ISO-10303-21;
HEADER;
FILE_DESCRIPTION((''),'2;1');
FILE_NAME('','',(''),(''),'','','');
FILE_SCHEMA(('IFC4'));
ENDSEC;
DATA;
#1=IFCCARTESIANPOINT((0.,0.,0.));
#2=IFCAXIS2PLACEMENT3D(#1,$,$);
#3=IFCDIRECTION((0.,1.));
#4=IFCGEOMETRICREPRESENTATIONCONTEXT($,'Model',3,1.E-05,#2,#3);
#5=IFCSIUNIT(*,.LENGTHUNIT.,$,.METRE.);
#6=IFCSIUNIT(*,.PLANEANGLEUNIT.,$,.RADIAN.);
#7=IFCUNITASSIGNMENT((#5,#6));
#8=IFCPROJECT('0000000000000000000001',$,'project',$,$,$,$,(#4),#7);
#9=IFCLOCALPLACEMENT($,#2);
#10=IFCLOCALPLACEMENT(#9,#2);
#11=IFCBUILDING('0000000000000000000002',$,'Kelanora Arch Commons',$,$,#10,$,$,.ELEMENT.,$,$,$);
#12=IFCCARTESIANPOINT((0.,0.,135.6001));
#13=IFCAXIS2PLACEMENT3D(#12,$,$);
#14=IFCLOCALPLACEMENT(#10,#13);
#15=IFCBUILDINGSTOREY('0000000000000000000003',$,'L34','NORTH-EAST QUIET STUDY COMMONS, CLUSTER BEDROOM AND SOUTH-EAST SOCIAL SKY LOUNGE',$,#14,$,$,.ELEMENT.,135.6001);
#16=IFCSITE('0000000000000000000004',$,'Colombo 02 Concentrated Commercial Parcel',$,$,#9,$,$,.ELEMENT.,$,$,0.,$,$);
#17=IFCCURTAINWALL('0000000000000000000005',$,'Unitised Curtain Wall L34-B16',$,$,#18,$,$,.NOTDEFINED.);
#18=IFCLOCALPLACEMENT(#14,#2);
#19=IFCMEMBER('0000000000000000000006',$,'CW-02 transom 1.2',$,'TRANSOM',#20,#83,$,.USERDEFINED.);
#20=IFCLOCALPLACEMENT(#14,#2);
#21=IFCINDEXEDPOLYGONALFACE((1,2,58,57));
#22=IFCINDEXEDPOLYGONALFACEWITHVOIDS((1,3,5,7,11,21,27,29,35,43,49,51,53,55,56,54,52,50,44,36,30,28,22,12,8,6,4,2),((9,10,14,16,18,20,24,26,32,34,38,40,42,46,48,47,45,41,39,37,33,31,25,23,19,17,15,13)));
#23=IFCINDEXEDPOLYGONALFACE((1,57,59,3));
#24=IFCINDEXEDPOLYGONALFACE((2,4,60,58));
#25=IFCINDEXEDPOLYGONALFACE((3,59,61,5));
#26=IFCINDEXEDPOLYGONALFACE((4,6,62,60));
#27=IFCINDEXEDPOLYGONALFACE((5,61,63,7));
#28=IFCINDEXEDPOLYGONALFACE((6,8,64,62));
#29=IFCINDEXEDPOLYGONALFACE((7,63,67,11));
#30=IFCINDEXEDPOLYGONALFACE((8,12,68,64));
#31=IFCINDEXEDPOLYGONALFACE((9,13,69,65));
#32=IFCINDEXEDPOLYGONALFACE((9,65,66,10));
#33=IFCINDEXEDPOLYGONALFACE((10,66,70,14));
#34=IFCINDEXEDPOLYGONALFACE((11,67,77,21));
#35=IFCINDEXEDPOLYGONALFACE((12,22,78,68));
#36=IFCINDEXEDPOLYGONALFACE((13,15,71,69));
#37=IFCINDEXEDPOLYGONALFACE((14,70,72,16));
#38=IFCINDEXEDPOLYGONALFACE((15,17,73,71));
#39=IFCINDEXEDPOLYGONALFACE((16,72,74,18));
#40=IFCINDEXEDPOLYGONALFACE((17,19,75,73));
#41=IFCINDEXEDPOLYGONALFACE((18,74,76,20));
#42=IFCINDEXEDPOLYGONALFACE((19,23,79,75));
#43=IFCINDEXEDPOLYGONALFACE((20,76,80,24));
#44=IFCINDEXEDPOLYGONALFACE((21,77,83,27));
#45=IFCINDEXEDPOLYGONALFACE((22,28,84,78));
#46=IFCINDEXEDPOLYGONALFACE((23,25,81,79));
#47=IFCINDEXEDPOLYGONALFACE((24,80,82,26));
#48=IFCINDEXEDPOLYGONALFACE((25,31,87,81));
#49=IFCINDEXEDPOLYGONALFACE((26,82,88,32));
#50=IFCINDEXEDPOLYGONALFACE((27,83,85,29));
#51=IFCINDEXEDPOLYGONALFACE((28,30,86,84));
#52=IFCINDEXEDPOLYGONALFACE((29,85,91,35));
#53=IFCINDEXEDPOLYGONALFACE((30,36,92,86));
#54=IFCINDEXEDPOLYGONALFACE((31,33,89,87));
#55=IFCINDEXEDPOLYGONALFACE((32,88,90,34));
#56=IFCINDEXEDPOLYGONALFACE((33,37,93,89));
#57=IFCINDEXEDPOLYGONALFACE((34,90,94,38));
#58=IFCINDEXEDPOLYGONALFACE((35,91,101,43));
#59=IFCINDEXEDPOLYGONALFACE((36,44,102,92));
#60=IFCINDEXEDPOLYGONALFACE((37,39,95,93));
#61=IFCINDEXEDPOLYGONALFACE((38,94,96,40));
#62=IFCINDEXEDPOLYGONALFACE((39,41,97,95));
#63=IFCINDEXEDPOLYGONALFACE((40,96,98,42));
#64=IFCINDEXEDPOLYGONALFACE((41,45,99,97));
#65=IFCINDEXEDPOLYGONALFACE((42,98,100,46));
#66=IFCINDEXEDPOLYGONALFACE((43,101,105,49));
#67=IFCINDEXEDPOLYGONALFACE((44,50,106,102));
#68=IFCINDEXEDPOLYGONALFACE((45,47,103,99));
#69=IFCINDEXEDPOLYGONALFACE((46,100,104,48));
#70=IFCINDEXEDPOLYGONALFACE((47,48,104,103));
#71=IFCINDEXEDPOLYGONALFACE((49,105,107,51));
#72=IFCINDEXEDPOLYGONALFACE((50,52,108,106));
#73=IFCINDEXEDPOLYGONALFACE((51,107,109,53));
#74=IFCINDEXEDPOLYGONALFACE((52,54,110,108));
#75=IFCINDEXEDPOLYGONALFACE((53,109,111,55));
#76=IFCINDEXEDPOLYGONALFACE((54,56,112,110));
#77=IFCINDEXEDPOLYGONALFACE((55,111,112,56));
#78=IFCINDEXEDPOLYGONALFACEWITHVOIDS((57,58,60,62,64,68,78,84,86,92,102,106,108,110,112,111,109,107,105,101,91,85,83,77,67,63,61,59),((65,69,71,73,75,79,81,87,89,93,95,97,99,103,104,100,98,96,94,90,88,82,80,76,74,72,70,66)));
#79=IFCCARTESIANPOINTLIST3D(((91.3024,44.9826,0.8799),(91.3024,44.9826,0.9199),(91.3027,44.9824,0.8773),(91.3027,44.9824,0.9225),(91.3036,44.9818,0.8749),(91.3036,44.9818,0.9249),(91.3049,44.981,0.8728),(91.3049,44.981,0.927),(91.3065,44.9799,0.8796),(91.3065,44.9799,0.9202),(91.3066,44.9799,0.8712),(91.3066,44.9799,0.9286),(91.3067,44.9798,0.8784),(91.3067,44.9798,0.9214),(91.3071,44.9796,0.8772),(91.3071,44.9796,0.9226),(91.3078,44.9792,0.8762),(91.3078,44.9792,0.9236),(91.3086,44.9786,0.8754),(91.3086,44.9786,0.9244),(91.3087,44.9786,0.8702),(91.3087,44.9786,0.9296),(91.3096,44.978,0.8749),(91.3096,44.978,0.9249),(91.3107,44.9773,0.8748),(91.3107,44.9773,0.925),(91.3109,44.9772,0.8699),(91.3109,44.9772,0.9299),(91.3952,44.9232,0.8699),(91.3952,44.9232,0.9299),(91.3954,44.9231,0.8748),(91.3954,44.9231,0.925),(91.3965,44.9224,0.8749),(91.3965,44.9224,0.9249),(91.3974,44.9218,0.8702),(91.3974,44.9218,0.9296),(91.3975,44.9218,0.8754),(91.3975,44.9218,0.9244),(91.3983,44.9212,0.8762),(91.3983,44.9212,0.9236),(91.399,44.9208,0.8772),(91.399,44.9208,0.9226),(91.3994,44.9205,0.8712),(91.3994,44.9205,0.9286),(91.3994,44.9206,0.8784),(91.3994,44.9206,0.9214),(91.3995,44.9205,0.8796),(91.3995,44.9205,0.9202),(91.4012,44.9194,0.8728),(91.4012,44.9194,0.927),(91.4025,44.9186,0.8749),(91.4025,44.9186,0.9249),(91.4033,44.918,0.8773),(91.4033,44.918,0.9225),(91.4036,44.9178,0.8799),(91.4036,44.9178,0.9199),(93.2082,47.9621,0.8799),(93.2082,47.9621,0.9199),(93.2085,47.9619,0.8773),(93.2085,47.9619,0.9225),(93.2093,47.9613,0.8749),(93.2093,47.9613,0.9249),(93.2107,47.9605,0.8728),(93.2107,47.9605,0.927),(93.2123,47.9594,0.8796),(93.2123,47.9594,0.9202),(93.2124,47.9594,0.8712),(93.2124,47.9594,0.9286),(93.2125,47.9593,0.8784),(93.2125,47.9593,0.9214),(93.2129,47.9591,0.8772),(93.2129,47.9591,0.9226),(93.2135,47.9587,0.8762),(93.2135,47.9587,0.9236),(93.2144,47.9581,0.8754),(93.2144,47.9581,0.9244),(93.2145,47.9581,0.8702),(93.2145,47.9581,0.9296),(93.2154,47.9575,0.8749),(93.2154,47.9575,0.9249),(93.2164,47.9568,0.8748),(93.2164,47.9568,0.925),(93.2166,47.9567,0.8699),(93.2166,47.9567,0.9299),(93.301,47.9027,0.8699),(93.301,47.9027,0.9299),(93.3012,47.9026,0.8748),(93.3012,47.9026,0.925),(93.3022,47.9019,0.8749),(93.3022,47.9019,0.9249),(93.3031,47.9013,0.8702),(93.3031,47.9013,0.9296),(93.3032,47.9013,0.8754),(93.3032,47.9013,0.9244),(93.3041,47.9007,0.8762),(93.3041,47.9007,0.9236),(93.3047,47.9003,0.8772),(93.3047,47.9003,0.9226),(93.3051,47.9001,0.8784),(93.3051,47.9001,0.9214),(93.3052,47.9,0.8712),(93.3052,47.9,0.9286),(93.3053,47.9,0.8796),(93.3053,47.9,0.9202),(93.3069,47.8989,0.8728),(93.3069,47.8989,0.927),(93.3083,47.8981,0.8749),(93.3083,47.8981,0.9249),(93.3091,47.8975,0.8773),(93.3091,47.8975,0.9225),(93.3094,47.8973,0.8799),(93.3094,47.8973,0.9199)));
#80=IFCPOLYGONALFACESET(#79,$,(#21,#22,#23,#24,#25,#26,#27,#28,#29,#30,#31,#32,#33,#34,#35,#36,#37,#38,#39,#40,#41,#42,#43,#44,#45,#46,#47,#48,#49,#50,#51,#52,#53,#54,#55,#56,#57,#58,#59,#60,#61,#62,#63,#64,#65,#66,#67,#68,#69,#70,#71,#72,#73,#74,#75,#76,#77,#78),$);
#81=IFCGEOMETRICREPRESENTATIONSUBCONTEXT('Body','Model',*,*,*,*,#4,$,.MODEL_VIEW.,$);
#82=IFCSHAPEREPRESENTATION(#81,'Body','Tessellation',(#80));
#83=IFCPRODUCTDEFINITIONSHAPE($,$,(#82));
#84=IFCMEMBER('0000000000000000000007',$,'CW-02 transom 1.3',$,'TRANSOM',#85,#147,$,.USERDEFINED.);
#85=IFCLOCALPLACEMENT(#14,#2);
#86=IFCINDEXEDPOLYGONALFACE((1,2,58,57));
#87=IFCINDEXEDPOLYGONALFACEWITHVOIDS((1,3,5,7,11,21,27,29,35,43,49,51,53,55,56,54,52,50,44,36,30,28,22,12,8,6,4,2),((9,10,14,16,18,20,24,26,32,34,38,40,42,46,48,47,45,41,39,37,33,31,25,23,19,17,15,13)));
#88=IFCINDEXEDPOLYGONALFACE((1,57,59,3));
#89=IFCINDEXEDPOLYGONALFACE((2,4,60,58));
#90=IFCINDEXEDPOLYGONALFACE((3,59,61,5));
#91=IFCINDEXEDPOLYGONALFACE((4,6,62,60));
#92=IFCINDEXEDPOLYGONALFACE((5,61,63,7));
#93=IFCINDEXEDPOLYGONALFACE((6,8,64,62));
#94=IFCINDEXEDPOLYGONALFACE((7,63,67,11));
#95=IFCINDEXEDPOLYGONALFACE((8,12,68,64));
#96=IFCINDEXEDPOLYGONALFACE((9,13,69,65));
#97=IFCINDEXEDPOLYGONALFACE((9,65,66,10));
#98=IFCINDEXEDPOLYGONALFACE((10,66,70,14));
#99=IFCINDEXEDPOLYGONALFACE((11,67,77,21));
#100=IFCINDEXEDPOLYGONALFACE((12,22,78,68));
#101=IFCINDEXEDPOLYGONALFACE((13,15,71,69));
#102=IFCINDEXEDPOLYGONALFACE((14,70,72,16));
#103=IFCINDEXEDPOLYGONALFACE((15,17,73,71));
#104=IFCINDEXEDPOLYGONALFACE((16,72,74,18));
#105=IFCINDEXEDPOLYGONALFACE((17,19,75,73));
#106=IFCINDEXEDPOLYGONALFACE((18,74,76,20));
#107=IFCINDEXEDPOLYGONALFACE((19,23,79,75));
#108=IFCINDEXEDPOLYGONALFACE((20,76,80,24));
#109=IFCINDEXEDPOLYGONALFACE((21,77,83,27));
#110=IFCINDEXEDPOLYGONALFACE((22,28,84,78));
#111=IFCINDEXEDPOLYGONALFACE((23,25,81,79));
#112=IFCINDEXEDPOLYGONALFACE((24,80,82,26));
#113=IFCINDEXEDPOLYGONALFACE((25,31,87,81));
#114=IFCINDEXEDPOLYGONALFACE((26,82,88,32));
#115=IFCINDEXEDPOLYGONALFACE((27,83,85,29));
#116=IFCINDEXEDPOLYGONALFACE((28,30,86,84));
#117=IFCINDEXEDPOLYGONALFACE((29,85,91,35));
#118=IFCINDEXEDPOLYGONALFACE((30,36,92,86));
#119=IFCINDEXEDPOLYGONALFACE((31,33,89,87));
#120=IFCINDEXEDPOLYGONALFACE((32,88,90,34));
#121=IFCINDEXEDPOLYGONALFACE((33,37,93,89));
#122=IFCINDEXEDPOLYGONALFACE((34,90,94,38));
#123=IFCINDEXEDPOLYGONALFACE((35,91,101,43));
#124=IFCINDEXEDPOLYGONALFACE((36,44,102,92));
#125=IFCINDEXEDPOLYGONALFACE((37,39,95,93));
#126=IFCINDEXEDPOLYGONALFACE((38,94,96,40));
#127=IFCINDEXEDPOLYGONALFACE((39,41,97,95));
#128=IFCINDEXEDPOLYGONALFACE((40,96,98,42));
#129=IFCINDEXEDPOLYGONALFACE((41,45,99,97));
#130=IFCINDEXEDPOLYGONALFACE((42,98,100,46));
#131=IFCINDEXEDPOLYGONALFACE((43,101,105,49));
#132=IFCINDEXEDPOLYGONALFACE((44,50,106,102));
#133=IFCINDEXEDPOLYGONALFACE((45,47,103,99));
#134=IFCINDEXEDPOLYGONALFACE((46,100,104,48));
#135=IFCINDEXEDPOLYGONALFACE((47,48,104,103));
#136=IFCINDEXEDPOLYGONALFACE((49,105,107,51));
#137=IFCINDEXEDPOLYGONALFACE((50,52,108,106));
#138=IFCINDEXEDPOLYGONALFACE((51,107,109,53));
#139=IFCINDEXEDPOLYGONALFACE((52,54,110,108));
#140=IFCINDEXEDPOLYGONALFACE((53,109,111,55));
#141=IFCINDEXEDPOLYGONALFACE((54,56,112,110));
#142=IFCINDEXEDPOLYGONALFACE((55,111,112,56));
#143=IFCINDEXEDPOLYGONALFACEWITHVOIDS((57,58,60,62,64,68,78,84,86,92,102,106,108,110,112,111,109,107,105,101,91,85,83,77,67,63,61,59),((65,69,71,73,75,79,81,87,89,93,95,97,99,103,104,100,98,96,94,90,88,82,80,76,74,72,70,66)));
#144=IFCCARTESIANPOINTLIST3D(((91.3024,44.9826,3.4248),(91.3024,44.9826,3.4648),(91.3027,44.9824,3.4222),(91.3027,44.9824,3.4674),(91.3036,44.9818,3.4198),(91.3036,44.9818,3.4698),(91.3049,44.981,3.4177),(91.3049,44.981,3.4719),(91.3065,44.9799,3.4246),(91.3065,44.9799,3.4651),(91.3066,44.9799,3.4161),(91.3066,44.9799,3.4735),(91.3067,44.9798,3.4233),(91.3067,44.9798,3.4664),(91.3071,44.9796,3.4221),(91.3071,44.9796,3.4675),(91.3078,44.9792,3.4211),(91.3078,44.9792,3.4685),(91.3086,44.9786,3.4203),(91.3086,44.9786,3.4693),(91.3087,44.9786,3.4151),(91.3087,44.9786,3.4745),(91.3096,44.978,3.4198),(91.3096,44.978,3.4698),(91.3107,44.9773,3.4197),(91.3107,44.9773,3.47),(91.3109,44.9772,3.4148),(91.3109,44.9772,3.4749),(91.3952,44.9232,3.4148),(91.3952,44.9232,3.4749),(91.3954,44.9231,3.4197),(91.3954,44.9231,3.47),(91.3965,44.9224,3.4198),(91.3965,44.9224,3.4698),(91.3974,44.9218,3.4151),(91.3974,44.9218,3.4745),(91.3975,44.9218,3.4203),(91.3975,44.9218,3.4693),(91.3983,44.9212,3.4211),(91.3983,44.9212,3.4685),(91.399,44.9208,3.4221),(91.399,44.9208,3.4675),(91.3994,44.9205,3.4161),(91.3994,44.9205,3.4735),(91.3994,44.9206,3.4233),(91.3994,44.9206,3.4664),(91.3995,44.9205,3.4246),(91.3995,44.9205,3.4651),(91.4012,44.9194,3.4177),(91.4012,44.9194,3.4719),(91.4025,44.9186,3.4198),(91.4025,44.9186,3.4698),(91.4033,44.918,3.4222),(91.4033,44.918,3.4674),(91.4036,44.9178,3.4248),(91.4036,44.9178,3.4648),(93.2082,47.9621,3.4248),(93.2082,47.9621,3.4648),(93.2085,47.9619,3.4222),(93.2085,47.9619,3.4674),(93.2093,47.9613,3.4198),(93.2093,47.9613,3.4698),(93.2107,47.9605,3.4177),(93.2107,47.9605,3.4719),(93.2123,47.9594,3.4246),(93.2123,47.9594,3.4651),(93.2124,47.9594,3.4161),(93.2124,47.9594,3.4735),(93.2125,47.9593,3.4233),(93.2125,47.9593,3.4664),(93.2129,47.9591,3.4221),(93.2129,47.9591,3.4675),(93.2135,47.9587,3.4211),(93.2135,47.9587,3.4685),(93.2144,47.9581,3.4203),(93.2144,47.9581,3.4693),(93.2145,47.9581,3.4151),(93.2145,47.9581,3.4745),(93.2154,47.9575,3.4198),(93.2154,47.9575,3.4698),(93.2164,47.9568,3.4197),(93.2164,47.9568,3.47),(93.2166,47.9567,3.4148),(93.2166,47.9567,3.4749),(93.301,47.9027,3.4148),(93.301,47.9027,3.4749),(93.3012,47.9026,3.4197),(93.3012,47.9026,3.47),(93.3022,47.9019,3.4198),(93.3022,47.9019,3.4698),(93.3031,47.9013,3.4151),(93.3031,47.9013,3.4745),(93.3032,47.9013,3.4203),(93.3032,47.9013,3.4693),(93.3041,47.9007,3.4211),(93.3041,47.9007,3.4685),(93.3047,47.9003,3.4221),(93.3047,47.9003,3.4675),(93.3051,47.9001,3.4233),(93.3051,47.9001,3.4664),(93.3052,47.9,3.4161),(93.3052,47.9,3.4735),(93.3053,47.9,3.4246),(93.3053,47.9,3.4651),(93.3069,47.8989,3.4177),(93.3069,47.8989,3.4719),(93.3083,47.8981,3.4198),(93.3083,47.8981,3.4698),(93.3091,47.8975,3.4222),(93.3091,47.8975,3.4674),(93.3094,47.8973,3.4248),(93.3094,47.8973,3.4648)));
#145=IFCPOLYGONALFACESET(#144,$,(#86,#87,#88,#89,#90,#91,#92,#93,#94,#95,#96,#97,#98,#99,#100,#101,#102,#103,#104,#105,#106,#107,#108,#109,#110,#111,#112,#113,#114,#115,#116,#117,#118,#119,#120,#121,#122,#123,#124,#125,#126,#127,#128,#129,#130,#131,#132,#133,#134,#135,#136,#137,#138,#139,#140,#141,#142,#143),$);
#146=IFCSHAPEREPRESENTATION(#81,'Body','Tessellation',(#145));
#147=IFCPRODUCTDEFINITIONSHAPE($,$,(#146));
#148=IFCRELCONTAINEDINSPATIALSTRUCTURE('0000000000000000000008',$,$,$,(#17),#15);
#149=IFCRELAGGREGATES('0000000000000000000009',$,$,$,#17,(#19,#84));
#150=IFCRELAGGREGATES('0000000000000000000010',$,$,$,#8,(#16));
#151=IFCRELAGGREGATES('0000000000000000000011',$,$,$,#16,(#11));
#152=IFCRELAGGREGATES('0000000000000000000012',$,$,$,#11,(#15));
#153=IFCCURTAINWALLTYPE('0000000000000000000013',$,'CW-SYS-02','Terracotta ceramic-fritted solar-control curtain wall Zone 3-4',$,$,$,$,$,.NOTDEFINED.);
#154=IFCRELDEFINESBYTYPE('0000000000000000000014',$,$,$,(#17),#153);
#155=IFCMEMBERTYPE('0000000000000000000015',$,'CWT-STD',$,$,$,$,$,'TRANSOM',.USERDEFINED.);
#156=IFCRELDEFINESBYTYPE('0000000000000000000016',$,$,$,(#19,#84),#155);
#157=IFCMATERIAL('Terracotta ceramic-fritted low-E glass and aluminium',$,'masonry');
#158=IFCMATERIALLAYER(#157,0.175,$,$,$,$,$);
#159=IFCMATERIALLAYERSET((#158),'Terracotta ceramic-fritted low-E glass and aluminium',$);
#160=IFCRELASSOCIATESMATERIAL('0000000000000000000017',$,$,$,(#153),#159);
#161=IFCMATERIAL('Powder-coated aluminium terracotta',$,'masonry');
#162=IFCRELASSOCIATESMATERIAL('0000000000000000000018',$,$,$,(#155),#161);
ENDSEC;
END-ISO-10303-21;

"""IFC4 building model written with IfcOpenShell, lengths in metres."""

from ifc_helpers import new_model, si_unit, direction, frame, origin, origin_2d, place, context, subcontext, project, spatial, hollow_rectangle, extrude, material, layer, layer_set, material_profile, profile_set, type_object, element, aggregate, save


model = new_model("IFC4")

# Units and contexts
model_context = context("Model", 3, precision=1e-05, world=origin(), true_north=direction((0.0, 1.0)))
body_context = subcontext(model_context, "Body", "Model", "MODEL_VIEW")
ifc_project = project(units=[si_unit("LENGTHUNIT", "METRE"), si_unit("PLANEANGLEUNIT", "RADIAN")], contexts=[model_context])

# Site, building, storey
site_placement = place(None, origin())
site = spatial("IfcSite", under=ifc_project, at=site_placement, Name="Colombo 02 Concentrated Commercial Parcel", CompositionType="ELEMENT", RefElevation=0.0)
building_placement = place(site_placement, origin())
building = spatial("IfcBuilding", under=site, at=building_placement, Name="Kelanora Arch Commons", CompositionType="ELEMENT")
storey_placement = place(building_placement, frame((0.0, 0.0, 135.6001)))
storey = spatial("IfcBuildingStorey", under=building, at=storey_placement, Name="L34", Description="NORTH-EAST QUIET STUDY COMMONS, CLUSTER BEDROOM AND SOUTH-EAST SOCIAL SKY LOUNGE", CompositionType="ELEMENT", Elevation=135.6001)

# Shared definitions
ifc_material_1 = material(Name="Terracotta ceramic-fritted low-E glass and aluminium", Category="masonry")
ifc_layer_1 = layer(ifc_material_1, 0.175)
ifc_layer_set_1 = layer_set([ifc_layer_1], Name="Terracotta ceramic-fritted low-E glass and aluminium")
curtain_wall_type = type_object("IfcCurtainWallType", Name="CW-SYS-02", Description="Terracotta ceramic-fritted solar-control curtain wall Zone 3-4", PredefinedType="NOTDEFINED", material=ifc_layer_set_1)
ifc_material_2 = material(Name="Powder-coated aluminium terracotta", Category="masonry")

# Curtain wall, members
curtain_wall_1_placement = place(storey_placement, origin())
curtain_wall_1 = element("IfcCurtainWall", 1, at=curtain_wall_1_placement, inside=storey, type_object=curtain_wall_type, Name="Unitised Curtain Wall L34-B16", PredefinedType="NOTDEFINED")
ifc_material_profile_1 = material_profile(ifc_material_2, hollow_rectangle(XDim=0.1201, YDim=0.0601, WallThickness=0.0049, InnerFilletRadius=0.0049, OuterFilletRadius=0.01, at=origin_2d()), Name="CWT120x60")
ifc_profile_set_1 = profile_set([ifc_material_profile_1], Name="Powder-coated aluminium terracotta")
member_type_1 = type_object("IfcMemberType", Name="CWT-STD", ElementType="TRANSOM", PredefinedType="USERDEFINED", material=ifc_profile_set_1)
member_1_placement = place(storey_placement, frame((91.353, 44.9502, 0.8999), z_axis=(0.53883, 0.842414, 0.0), x_axis=(-0.842414, 0.53883, 0.0)))
member_1 = element("IfcMember", 2, at=member_1_placement, type_object=member_type_1, Name="CW-02 transom 1.2", ObjectType="TRANSOM", PredefinedType="USERDEFINED", context=body_context, shape_type="SweptSolid", body=[
    extrude(hollow_rectangle(XDim=0.1201, YDim=0.0601, WallThickness=0.0049, InnerFilletRadius=0.0049, OuterFilletRadius=0.01, at=origin_2d()), origin(), (0.0, 0.0, 1.0), 3.5369),
])
member_2_placement = place(storey_placement, frame((91.353, 44.9502, 3.4448), z_axis=(0.53883, 0.842414, 0.0), x_axis=(-0.842414, 0.53883, 0.0)))
member_2 = element("IfcMember", 3, at=member_2_placement, type_object=member_type_1, Name="CW-02 transom 1.3", ObjectType="TRANSOM", PredefinedType="USERDEFINED", context=body_context, shape_type="SweptSolid", body=[
    extrude(hollow_rectangle(XDim=0.1201, YDim=0.0601, WallThickness=0.0049, InnerFilletRadius=0.0049, OuterFilletRadius=0.01, at=origin_2d()), origin(), (0.0, 0.0, 1.0), 3.5369),
])

aggregate(curtain_wall_1, [member_1, member_2])

save(model, "model.ifc")
